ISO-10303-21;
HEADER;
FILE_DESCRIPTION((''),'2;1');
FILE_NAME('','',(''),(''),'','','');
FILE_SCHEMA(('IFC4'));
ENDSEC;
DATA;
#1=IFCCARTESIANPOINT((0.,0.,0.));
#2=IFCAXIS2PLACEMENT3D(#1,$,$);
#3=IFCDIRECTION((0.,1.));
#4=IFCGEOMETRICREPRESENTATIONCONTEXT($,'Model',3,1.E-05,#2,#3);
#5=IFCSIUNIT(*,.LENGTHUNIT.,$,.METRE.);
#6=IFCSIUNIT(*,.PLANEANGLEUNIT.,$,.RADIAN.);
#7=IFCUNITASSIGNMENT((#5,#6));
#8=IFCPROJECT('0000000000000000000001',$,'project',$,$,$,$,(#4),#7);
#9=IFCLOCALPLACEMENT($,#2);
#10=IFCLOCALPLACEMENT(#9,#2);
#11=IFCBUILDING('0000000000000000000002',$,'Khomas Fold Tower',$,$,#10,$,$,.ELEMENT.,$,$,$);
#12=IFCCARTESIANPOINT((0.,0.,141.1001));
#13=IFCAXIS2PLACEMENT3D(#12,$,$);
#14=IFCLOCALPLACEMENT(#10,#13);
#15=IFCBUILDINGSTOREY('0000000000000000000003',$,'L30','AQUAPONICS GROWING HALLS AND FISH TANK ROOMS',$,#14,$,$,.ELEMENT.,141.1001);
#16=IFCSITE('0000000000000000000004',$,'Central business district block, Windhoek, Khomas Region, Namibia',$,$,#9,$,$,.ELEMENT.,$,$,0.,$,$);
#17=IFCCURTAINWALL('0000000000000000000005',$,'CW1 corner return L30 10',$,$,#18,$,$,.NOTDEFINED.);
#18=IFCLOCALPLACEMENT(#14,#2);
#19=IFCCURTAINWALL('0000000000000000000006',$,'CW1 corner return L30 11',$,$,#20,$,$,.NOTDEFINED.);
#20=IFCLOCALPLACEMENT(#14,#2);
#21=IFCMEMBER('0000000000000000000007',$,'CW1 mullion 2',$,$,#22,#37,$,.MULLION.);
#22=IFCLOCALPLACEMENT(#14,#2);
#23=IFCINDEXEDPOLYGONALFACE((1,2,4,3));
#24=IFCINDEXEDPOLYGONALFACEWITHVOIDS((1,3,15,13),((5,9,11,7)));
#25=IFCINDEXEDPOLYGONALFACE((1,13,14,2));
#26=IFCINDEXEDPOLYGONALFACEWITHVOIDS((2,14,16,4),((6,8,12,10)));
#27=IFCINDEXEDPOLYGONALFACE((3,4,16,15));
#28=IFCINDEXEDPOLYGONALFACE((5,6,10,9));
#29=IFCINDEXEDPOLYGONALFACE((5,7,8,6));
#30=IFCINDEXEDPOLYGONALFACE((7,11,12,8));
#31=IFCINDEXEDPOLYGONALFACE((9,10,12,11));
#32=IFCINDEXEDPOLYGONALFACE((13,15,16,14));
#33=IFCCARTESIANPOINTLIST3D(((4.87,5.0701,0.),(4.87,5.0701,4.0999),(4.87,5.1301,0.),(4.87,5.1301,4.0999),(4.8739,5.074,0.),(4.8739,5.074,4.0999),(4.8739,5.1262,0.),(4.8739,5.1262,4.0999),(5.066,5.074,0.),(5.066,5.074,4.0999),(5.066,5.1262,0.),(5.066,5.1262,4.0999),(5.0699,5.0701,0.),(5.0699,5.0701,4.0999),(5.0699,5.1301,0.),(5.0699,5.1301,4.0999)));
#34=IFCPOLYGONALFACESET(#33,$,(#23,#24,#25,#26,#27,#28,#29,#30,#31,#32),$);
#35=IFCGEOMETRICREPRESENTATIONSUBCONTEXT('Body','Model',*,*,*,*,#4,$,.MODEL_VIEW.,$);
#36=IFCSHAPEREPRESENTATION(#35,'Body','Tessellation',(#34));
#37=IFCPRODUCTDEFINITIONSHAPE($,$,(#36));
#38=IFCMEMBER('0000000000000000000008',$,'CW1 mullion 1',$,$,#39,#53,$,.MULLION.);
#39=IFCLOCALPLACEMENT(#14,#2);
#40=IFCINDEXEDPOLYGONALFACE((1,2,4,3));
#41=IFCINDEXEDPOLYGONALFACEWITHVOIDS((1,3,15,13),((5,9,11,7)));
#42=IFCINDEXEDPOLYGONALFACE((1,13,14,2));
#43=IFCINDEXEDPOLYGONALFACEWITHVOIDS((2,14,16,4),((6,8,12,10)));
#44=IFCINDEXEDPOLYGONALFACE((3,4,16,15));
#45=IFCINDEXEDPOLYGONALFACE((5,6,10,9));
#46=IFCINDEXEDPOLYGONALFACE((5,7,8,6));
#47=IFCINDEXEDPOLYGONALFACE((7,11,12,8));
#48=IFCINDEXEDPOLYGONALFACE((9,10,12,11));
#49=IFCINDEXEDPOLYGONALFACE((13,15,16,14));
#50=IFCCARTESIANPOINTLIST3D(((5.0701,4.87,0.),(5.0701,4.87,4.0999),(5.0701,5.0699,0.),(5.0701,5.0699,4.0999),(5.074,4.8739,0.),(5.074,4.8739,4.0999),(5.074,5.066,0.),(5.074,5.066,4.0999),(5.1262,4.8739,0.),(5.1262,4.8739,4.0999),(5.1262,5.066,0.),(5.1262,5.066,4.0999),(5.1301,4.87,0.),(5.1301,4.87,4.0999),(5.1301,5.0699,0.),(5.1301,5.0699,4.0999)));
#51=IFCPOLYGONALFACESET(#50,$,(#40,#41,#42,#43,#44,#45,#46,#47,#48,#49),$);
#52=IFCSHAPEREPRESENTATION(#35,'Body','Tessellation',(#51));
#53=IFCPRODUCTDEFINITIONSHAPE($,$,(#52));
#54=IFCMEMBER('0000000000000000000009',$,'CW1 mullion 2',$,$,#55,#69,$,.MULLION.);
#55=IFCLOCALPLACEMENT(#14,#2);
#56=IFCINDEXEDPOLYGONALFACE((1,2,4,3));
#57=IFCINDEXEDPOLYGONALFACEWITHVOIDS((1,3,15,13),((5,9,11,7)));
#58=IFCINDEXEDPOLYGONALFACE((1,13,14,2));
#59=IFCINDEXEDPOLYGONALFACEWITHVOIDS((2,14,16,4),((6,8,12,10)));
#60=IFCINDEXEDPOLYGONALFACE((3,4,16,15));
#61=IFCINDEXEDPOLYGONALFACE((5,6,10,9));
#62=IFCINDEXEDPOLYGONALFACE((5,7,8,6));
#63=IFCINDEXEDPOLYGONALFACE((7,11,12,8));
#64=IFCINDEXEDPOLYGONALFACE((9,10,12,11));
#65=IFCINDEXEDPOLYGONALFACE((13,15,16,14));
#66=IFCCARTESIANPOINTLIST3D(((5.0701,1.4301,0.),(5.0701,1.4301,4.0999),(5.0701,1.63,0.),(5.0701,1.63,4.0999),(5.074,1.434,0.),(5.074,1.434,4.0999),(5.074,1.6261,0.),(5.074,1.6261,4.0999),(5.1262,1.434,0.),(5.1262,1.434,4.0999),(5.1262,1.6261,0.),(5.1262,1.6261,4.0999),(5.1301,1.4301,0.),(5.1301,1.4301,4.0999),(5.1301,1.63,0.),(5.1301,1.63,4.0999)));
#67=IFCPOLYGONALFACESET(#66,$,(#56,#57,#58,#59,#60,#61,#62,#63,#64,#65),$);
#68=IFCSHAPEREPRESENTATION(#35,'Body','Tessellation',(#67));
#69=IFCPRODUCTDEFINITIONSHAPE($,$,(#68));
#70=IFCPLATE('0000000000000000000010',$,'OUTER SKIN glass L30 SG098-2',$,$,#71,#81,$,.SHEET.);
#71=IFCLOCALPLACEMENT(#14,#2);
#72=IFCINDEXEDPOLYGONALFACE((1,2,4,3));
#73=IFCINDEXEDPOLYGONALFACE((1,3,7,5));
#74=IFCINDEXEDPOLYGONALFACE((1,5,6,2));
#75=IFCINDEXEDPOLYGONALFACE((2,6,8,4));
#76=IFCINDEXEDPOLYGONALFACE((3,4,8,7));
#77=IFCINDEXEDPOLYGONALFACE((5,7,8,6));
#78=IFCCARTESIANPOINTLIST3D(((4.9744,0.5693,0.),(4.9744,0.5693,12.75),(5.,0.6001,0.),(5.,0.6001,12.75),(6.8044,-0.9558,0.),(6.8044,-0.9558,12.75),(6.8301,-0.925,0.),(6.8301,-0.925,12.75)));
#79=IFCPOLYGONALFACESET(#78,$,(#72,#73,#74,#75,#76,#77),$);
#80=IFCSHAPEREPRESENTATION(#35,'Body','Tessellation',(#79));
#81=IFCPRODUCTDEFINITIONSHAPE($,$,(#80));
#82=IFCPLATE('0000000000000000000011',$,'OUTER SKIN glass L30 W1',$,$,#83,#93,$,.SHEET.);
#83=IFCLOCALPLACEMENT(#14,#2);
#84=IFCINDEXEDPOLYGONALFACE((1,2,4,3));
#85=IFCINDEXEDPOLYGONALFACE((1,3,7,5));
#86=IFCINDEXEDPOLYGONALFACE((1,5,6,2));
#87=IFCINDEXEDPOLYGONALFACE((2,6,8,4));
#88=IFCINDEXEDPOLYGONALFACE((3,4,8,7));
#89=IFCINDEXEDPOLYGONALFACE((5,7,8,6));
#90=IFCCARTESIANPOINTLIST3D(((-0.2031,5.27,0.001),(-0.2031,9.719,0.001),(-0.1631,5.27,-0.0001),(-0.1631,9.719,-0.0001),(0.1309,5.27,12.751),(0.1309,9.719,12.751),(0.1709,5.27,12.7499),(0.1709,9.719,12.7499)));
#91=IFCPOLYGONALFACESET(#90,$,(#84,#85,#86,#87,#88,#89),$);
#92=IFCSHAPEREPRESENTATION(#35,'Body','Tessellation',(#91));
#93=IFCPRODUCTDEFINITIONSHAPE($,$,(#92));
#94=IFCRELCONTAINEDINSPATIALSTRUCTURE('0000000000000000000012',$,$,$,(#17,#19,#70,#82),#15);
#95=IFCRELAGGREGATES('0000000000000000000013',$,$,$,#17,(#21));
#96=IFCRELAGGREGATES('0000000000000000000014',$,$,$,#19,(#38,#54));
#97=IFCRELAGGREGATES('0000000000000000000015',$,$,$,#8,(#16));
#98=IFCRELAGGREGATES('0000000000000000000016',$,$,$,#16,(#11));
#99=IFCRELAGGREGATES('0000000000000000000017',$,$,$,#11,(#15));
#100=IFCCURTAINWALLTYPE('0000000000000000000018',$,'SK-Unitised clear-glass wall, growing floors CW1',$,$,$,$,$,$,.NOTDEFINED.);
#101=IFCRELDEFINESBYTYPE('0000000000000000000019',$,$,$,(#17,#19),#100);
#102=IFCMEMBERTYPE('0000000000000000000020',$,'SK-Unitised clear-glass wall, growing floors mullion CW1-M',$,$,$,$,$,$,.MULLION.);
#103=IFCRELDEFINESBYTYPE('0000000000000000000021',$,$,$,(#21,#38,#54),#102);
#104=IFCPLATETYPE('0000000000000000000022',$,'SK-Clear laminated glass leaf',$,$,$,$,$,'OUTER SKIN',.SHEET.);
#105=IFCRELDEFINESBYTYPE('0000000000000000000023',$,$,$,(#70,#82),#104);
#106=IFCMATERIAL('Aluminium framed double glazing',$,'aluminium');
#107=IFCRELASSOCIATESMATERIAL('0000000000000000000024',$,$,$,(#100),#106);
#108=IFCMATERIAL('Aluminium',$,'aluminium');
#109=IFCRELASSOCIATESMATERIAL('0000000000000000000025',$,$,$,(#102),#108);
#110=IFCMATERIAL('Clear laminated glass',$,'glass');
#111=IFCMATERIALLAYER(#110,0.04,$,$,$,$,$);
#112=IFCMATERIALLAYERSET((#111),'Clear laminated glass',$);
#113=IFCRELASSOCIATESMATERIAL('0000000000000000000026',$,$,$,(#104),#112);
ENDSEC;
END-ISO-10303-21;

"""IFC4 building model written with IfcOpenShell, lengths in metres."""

from ifc_helpers import new_model, si_unit, direction, frame, origin, origin_2d, place, context, subcontext, project, spatial, polyline, hollow_rectangle, outline, extrude, source, transform, mapped, material, layer, layer_set, material_profile, profile_set, type_object, element, aggregate, save


model = new_model("IFC4")

# Units and contexts
model_context = context("Model", 3, precision=1e-05, world=origin(), true_north=direction((0.0, 1.0)))
body_context = subcontext(model_context, "Body", "Model", "MODEL_VIEW")
ifc_project = project(units=[si_unit("LENGTHUNIT", "METRE"), si_unit("PLANEANGLEUNIT", "RADIAN")], contexts=[model_context])

# Site, building, storey
site_placement = place(None, origin())
site = spatial("IfcSite", under=ifc_project, at=site_placement, Name="Central business district block, Windhoek, Khomas Region, Namibia", CompositionType="ELEMENT", RefElevation=0.0)
building_placement = place(site_placement, origin())
building = spatial("IfcBuilding", under=site, at=building_placement, Name="Khomas Fold Tower", CompositionType="ELEMENT")
storey_placement = place(building_placement, frame((0.0, 0.0, 141.1001)))
storey = spatial("IfcBuildingStorey", under=building, at=storey_placement, Name="L30", Description="AQUAPONICS GROWING HALLS AND FISH TANK ROOMS", CompositionType="ELEMENT", Elevation=141.1001)

# Curtain walls
ifc_material_1 = material(Name="Aluminium framed double glazing", Category="aluminium")
curtain_wall_type = type_object("IfcCurtainWallType", Name="SK-Unitised clear-glass wall, growing floors CW1", PredefinedType="NOTDEFINED", material=ifc_material_1)
curtain_wall_1_placement = place(storey_placement, origin())
curtain_wall_1 = element("IfcCurtainWall", 1, at=curtain_wall_1_placement, inside=storey, type_object=curtain_wall_type, Name="CW1 corner return L30 10", PredefinedType="NOTDEFINED")
curtain_wall_2_placement = place(storey_placement, origin())
curtain_wall_2 = element("IfcCurtainWall", 2, at=curtain_wall_2_placement, inside=storey, type_object=curtain_wall_type, Name="CW1 corner return L30 11", PredefinedType="NOTDEFINED")

# Members
ifc_material_2 = material(Name="Aluminium", Category="aluminium")
ifc_material_profile_1 = material_profile(ifc_material_2, hollow_rectangle(XDim=0.0601, YDim=0.2, WallThickness=0.0039, at=origin_2d()), Name="SK-Unitised clear-glass wall, growing floors mullion CW1-M")
ifc_profile_set_1 = profile_set([ifc_material_profile_1], Name="Aluminium")
member_type_1 = type_object("IfcMemberType", Name="SK-Unitised clear-glass wall, growing floors mullion CW1-M", PredefinedType="MULLION", material=ifc_profile_set_1)
shared_shape_1 = source(origin(), body_context, "Body", "SweptSolid", [
    extrude(hollow_rectangle(XDim=0.0601, YDim=0.2, WallThickness=0.0039, at=origin_2d()), origin(), (0.0, 0.0, 1.0), 4.0999),
])
member_1_placement = place(storey_placement, frame((4.97, 5.1001, 0.0), z_axis=(0.0, 0.0, 1.0), x_axis=(0.0, 1.0, 0.0)))
member_1 = element("IfcMember", 3, at=member_1_placement, type_object=member_type_1, Name="CW1 mullion 2", PredefinedType="MULLION", context=body_context, shape_type="MappedRepresentation", body=[
    mapped(shared_shape_1, transform((0.0, 0.0, 0.0))),
])
member_2_placement = place(storey_placement, frame((5.1001, 4.97, 0.0), z_axis=(0.0, 0.0, 1.0), x_axis=(1.0, 0.0, 0.0)))
member_2 = element("IfcMember", 4, at=member_2_placement, type_object=member_type_1, Name="CW1 mullion 1", PredefinedType="MULLION", context=body_context, shape_type="MappedRepresentation", body=[
    mapped(shared_shape_1, transform((0.0, 0.0, 0.0))),
])
member_3_placement = place(storey_placement, frame((5.1001, 1.53, 0.0), z_axis=(0.0, 0.0, 1.0), x_axis=(1.0, 0.0, 0.0)))
member_3 = element("IfcMember", 5, at=member_3_placement, type_object=member_type_1, Name="CW1 mullion 2", PredefinedType="MULLION", context=body_context, shape_type="MappedRepresentation", body=[
    mapped(shared_shape_1, transform((0.0, 0.0, 0.0))),
])

# Plates
ifc_material_3 = material(Name="Clear laminated glass", Category="glass")
ifc_layer_1 = layer(ifc_material_3, 0.04)
ifc_layer_set_1 = layer_set([ifc_layer_1], Name="Clear laminated glass")
plate_type_1 = type_object("IfcPlateType", Name="SK-Clear laminated glass leaf", ElementType="OUTER SKIN", PredefinedType="SHEET", material=ifc_layer_set_1)
plate_1_placement = place(storey_placement, frame((5.0, 0.6001, 0.0), z_axis=(0.640205, 0.768204, 0.0), x_axis=(0.0, 0.0, 1.0)))
element("IfcPlate", 6, at=plate_1_placement, inside=storey, type_object=plate_type_1, Name="OUTER SKIN glass L30 SG098-2", PredefinedType="SHEET", context=body_context, shape_type="SweptSolid", body=[
    extrude(outline(polyline([(0.0, 0.0), (12.75, 0.0), (12.75, 2.3823), (0.0, 2.3823), (0.0, 0.0)])), origin(), (0.0, 0.0, -1.0), 0.04),
])
plate_2_placement = place(storey_placement, frame((-0.2031, 5.27, 0.001), z_axis=(-0.999657, 0.0, 0.026186), x_axis=(0.0, 1.0, 0.0)))
element("IfcPlate", 7, at=plate_2_placement, inside=storey, type_object=plate_type_1, Name="OUTER SKIN glass L30 W1", PredefinedType="SHEET", context=body_context, shape_type="SweptSolid", body=[
    extrude(outline(polyline([(0.0, 0.0), (4.449, 0.0), (4.449, -12.7544), (0.0, -12.7544), (0.0, 0.0)])), origin(), (0.0, 0.0, -1.0), 0.04),
])

aggregate(curtain_wall_1, [member_1])
aggregate(curtain_wall_2, [member_2, member_3])

save(model, "model.ifc")
